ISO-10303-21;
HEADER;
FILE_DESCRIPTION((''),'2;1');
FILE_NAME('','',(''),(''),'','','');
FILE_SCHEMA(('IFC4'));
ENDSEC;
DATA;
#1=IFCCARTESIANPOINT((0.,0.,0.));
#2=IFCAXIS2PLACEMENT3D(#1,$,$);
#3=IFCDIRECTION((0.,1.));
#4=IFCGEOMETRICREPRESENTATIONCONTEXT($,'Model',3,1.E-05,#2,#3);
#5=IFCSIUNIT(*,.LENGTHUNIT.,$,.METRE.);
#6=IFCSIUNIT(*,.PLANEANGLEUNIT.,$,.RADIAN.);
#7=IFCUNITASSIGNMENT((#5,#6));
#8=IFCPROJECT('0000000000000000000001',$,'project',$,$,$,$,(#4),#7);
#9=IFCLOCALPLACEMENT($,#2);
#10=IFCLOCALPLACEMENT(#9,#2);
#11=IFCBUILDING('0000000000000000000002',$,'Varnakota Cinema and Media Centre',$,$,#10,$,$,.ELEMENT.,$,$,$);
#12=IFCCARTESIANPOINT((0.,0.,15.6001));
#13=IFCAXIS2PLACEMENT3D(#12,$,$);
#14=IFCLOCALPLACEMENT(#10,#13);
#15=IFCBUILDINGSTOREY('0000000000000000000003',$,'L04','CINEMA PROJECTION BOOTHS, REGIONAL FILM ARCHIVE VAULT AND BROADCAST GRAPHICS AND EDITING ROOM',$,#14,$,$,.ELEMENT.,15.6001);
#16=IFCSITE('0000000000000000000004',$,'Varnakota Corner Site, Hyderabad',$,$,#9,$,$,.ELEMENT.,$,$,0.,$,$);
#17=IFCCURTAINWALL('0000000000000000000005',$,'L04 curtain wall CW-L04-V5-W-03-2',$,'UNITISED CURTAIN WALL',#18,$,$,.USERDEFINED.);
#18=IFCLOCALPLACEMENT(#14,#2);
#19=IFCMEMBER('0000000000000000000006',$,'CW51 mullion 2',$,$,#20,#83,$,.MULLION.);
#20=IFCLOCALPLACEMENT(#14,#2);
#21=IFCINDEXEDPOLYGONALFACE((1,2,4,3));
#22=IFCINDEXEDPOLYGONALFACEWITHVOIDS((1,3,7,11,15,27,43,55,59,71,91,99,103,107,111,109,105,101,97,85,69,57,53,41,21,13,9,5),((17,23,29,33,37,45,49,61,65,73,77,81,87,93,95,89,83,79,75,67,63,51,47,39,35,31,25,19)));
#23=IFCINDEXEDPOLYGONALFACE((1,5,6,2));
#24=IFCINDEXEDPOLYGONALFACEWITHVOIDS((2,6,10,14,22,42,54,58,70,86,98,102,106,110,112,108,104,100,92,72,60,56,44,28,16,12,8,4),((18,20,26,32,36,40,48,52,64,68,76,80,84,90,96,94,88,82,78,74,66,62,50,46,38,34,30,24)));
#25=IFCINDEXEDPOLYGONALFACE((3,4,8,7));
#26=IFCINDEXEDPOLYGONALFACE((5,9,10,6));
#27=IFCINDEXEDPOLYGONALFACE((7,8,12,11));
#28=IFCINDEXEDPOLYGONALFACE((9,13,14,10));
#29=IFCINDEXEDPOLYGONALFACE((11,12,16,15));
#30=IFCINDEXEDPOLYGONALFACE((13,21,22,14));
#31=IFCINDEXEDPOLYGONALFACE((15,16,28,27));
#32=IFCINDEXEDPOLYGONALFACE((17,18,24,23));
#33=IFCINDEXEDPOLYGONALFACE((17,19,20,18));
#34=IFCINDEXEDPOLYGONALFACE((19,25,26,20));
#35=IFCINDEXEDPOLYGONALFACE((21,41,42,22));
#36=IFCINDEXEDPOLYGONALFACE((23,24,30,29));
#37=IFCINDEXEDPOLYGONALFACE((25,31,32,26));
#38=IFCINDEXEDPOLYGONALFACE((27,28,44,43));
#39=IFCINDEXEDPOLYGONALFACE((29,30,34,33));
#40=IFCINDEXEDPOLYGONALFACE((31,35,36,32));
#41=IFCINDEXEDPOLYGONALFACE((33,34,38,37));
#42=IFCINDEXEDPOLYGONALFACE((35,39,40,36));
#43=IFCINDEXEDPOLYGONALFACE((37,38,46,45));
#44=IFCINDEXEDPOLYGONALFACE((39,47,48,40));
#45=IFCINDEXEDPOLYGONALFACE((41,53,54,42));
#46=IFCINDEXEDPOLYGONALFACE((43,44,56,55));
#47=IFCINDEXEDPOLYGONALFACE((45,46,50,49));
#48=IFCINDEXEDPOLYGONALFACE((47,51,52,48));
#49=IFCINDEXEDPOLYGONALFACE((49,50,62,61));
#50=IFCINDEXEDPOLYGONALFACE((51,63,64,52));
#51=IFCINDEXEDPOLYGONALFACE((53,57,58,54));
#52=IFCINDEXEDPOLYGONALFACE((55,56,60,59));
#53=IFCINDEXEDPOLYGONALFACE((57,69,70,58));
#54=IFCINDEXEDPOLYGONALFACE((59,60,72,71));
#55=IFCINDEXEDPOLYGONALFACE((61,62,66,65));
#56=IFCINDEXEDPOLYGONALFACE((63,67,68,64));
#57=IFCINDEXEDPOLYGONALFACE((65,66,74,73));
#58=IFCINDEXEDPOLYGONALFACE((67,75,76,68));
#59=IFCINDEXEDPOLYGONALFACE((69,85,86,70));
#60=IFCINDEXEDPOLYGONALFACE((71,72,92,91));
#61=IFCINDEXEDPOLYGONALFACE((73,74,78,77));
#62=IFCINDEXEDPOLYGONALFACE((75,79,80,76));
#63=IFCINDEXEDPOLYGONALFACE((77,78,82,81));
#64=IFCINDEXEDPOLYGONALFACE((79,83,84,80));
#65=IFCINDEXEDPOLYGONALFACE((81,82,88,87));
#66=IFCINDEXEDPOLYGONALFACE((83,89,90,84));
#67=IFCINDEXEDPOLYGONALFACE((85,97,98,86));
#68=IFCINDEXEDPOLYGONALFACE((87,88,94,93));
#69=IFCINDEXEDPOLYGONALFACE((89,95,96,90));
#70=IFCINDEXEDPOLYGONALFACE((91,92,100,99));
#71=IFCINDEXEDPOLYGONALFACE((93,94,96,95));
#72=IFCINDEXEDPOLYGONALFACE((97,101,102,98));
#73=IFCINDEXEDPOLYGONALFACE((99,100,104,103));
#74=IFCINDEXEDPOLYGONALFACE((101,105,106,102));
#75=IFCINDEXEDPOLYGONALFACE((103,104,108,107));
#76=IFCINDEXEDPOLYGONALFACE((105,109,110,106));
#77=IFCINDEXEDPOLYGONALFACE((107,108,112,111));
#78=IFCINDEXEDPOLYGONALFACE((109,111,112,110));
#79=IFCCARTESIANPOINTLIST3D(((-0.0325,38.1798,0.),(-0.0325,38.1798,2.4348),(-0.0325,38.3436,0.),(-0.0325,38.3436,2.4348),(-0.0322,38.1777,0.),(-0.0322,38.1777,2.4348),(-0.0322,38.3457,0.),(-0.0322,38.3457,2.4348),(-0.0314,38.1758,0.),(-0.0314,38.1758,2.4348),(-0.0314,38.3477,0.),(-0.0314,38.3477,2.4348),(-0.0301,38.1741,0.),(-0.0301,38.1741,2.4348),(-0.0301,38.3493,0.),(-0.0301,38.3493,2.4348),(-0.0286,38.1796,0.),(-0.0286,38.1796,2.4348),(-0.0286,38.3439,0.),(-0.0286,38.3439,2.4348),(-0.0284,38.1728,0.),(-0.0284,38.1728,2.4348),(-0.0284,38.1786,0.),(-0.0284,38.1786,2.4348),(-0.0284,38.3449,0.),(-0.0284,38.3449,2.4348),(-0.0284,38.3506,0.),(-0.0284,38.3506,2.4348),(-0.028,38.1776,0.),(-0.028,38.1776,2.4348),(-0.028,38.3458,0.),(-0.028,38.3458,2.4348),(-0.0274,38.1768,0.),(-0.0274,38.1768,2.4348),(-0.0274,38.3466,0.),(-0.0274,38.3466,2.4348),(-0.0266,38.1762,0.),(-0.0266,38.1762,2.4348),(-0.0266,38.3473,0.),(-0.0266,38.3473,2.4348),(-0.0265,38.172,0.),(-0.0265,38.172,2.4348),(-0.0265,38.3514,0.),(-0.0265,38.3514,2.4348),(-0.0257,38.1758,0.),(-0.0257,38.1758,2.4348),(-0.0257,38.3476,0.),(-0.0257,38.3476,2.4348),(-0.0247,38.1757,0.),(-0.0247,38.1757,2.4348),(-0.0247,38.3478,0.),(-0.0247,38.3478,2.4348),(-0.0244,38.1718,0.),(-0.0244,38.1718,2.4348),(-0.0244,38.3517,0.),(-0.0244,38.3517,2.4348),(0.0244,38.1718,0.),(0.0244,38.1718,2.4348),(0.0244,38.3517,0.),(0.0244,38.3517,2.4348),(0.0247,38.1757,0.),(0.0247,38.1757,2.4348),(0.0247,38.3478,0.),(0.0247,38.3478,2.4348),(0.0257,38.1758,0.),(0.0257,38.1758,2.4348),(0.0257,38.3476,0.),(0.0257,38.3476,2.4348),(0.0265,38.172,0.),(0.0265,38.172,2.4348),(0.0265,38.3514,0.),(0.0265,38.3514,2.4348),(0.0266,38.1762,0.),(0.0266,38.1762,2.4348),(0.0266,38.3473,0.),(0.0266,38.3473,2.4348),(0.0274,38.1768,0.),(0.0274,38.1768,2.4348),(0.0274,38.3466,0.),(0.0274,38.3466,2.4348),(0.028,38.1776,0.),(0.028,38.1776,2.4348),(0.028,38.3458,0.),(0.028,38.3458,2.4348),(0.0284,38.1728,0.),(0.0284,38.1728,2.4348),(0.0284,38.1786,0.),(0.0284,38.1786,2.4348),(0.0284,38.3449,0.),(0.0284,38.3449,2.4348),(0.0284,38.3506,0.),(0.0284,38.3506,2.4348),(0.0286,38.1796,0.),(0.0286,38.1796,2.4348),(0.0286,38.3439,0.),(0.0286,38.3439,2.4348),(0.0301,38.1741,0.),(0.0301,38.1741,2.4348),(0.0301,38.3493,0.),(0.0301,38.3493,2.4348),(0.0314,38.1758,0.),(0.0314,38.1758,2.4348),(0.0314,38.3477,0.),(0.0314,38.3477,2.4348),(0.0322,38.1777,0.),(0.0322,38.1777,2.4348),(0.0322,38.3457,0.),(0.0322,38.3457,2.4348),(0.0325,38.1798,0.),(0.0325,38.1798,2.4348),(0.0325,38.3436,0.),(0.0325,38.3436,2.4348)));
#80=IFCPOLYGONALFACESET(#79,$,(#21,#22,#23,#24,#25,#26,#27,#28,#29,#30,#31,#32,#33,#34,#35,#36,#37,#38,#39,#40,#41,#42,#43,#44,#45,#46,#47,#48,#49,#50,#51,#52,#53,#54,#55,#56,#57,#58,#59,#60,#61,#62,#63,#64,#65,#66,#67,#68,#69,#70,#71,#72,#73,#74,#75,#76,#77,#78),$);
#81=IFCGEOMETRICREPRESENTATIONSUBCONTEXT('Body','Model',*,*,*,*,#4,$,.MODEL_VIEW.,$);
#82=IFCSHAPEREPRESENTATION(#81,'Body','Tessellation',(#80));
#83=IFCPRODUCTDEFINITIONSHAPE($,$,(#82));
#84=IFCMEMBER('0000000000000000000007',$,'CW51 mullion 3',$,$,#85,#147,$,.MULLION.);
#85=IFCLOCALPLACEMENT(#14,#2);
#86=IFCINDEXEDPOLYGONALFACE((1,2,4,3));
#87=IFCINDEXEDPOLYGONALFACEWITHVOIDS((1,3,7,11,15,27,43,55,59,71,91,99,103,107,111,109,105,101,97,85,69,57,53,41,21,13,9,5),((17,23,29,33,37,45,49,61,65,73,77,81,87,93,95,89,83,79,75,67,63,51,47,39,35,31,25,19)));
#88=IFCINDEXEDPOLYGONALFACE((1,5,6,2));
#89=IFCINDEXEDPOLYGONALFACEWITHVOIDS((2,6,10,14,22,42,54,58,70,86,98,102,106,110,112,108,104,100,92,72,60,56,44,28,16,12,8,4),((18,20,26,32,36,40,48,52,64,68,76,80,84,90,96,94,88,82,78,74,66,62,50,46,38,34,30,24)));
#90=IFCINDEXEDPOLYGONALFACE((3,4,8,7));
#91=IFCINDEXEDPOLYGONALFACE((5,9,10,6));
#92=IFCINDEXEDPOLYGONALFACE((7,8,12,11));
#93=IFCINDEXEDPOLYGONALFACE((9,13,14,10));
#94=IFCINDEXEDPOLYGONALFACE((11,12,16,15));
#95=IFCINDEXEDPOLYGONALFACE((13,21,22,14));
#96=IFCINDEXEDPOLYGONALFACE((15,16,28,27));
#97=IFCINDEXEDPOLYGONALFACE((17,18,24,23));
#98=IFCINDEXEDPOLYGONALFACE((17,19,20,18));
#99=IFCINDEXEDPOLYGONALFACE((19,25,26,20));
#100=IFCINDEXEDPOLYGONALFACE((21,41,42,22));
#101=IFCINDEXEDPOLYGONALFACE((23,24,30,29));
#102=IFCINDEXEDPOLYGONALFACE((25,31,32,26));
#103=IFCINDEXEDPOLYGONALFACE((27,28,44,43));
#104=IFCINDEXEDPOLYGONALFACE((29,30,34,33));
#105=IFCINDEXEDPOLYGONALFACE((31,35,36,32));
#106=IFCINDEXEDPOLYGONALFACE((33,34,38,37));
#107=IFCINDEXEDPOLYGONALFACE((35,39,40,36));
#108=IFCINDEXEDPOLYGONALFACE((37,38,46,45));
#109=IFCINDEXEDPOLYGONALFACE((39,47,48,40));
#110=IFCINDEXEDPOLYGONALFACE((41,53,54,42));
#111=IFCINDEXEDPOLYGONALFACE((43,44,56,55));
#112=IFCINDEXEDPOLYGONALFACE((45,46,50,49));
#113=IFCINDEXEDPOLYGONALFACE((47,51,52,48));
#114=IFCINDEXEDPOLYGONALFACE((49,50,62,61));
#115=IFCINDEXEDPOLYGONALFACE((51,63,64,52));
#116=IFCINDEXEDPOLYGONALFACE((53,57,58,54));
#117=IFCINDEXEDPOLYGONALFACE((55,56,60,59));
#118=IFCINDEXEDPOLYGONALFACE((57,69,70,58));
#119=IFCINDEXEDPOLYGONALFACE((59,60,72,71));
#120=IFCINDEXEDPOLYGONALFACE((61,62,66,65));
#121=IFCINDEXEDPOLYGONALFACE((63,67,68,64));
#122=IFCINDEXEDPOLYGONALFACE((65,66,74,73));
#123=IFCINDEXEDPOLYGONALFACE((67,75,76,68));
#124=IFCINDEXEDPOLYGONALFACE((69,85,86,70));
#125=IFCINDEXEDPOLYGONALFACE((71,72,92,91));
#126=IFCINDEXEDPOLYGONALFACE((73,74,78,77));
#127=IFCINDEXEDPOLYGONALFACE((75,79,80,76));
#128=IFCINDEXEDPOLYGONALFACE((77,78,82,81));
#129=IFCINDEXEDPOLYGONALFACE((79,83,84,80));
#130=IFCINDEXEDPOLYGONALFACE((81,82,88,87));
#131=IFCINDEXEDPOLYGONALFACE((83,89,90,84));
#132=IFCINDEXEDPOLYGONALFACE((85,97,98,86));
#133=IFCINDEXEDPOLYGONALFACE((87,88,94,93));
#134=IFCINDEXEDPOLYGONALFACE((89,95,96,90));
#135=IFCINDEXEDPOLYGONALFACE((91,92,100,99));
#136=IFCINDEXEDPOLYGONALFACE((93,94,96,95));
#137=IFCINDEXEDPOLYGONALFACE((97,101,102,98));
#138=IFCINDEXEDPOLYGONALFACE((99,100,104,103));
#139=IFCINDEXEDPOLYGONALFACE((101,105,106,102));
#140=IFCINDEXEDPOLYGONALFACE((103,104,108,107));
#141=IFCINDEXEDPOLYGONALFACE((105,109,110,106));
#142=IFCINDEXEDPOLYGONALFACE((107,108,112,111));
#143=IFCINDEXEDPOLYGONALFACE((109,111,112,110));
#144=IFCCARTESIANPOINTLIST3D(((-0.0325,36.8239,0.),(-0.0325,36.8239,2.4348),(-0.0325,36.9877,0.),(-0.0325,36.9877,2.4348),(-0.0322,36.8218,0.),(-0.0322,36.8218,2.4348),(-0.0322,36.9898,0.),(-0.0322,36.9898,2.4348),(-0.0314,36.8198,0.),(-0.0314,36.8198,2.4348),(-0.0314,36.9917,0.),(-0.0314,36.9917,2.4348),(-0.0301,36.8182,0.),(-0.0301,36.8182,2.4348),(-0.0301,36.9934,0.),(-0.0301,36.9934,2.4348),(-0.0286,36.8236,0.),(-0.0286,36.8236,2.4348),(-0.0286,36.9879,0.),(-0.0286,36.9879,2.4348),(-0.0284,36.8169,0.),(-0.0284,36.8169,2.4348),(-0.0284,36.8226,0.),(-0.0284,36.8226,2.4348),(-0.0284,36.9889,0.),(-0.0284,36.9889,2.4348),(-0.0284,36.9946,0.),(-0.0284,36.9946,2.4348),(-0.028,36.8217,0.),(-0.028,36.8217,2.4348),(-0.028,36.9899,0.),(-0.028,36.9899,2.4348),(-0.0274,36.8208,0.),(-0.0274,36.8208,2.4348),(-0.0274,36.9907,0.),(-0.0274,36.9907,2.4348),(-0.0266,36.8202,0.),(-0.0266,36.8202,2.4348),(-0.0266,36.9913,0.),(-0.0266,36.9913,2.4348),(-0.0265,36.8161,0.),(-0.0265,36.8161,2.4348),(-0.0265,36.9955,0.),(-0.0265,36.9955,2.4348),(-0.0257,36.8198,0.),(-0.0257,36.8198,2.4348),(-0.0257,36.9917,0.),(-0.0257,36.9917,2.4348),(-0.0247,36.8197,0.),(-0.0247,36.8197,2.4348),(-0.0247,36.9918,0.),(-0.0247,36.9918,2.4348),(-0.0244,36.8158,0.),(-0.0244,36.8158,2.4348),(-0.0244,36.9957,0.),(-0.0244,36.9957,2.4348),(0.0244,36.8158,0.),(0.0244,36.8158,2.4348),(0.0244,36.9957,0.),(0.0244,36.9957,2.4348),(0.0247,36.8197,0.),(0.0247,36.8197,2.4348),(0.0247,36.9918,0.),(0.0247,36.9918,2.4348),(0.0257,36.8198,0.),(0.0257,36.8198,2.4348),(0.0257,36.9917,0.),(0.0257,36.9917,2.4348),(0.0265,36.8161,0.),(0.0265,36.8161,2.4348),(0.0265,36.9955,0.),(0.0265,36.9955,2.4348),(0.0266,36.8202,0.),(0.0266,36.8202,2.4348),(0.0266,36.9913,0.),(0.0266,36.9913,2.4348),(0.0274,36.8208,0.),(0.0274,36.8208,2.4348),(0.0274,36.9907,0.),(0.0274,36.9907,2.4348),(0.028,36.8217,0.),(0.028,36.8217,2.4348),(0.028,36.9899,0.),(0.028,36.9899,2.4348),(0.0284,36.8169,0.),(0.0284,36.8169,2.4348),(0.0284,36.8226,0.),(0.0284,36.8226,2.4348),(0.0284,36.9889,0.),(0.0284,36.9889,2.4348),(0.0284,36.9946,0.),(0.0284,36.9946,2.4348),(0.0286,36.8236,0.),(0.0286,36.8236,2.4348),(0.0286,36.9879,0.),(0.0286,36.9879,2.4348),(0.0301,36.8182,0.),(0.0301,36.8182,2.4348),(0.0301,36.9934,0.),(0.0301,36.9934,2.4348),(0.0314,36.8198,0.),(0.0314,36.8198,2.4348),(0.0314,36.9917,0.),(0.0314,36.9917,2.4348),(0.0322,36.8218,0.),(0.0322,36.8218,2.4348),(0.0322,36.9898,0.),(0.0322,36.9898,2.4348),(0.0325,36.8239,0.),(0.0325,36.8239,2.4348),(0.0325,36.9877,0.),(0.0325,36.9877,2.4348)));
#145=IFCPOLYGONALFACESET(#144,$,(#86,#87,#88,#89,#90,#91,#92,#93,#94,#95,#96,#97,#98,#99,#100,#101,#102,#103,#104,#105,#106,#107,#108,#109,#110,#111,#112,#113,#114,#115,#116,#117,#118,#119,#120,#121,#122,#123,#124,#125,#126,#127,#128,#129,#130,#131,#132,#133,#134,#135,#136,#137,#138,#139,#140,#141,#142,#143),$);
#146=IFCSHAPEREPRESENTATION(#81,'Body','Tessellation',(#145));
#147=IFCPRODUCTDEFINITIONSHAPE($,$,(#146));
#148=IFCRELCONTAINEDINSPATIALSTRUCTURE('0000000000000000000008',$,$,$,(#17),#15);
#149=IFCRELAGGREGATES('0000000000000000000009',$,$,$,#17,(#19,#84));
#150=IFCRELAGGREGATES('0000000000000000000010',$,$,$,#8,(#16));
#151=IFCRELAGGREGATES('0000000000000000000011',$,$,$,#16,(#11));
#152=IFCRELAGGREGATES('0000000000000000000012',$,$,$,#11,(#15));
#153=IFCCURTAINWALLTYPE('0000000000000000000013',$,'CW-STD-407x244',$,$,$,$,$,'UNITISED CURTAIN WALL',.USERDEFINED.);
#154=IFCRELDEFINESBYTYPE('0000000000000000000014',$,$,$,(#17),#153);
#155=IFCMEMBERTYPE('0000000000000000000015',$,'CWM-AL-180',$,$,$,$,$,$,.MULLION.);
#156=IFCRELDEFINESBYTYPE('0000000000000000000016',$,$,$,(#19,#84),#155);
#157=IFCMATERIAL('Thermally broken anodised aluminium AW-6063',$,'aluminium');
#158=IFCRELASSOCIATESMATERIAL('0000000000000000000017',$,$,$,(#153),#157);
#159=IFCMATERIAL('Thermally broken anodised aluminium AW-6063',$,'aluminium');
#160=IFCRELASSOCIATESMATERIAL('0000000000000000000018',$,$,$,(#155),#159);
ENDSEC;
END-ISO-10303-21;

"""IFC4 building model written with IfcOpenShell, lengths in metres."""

from ifc_helpers import new_model, si_unit, direction, frame, origin, origin_2d, place, context, subcontext, project, spatial, hollow_rectangle, extrude, material, material_profile, profile_set, type_object, element, aggregate, save


model = new_model("IFC4")

# Units and contexts
model_context = context("Model", 3, precision=1e-05, world=origin(), true_north=direction((0.0, 1.0)))
body_context = subcontext(model_context, "Body", "Model", "MODEL_VIEW")
ifc_project = project(units=[si_unit("LENGTHUNIT", "METRE"), si_unit("PLANEANGLEUNIT", "RADIAN")], contexts=[model_context])

# Site, building, storey
site_placement = place(None, origin())
site = spatial("IfcSite", under=ifc_project, at=site_placement, Name="Varnakota Corner Site, Hyderabad", CompositionType="ELEMENT", RefElevation=0.0)
building_placement = place(site_placement, origin())
building = spatial("IfcBuilding", under=site, at=building_placement, Name="Varnakota Cinema and Media Centre", CompositionType="ELEMENT")
storey_placement = place(building_placement, frame((0.0, 0.0, 15.6001)))
storey = spatial("IfcBuildingStorey", under=building, at=storey_placement, Name="L04", Description="CINEMA PROJECTION BOOTHS, REGIONAL FILM ARCHIVE VAULT AND BROADCAST GRAPHICS AND EDITING ROOM", CompositionType="ELEMENT", Elevation=15.6001)

# Shared definitions
ifc_material_1 = material(Name="Thermally broken anodised aluminium AW-6063", Category="aluminium")
curtain_wall_type = type_object("IfcCurtainWallType", Name="CW-STD-407x244", ElementType="UNITISED CURTAIN WALL", PredefinedType="USERDEFINED", material=ifc_material_1)
ifc_material_2 = material(Name="Thermally broken anodised aluminium AW-6063", Category="aluminium")
ifc_material_profile_1 = material_profile(ifc_material_2, hollow_rectangle(XDim=0.0649, YDim=0.1799, WallThickness=0.0039, InnerFilletRadius=0.0039, OuterFilletRadius=0.0081, at=origin_2d()), Name="AL-MULLION 180x65x4")
ifc_profile_set_1 = profile_set([ifc_material_profile_1], Name="Thermally broken anodised aluminium AW-6063")
member_type_1 = type_object("IfcMemberType", Name="CWM-AL-180", PredefinedType="MULLION", material=ifc_profile_set_1)

# Curtain wall, members
curtain_wall_1_placement = place(storey_placement, origin())
curtain_wall_1 = element("IfcCurtainWall", 1, at=curtain_wall_1_placement, inside=storey, type_object=curtain_wall_type, Name="L04 curtain wall CW-L04-V5-W-03-2", ObjectType="UNITISED CURTAIN WALL", PredefinedType="USERDEFINED")
member_1_placement = place(storey_placement, frame((0.0, 38.2617, 0.0), z_axis=(0.0, 0.0, 1.0), x_axis=(1.0, 0.0, 0.0)))
member_1 = element("IfcMember", 2, at=member_1_placement, type_object=member_type_1, Name="CW51 mullion 2", PredefinedType="MULLION", context=body_context, shape_type="SweptSolid", body=[
    extrude(hollow_rectangle(XDim=0.0649, YDim=0.1799, WallThickness=0.0039, InnerFilletRadius=0.0039, OuterFilletRadius=0.0081, at=origin_2d()), origin(), (0.0, 0.0, 1.0), 2.4348),
])
member_2_placement = place(storey_placement, frame((0.0, 36.9058, 0.0), z_axis=(0.0, 0.0, 1.0), x_axis=(1.0, 0.0, 0.0)))
member_2 = element("IfcMember", 3, at=member_2_placement, type_object=member_type_1, Name="CW51 mullion 3", PredefinedType="MULLION", context=body_context, shape_type="SweptSolid", body=[
    extrude(hollow_rectangle(XDim=0.0649, YDim=0.1799, WallThickness=0.0039, InnerFilletRadius=0.0039, OuterFilletRadius=0.0081, at=origin_2d()), origin(), (0.0, 0.0, 1.0), 2.4348),
])

aggregate(curtain_wall_1, [member_1, member_2])

save(model, "model.ifc")
